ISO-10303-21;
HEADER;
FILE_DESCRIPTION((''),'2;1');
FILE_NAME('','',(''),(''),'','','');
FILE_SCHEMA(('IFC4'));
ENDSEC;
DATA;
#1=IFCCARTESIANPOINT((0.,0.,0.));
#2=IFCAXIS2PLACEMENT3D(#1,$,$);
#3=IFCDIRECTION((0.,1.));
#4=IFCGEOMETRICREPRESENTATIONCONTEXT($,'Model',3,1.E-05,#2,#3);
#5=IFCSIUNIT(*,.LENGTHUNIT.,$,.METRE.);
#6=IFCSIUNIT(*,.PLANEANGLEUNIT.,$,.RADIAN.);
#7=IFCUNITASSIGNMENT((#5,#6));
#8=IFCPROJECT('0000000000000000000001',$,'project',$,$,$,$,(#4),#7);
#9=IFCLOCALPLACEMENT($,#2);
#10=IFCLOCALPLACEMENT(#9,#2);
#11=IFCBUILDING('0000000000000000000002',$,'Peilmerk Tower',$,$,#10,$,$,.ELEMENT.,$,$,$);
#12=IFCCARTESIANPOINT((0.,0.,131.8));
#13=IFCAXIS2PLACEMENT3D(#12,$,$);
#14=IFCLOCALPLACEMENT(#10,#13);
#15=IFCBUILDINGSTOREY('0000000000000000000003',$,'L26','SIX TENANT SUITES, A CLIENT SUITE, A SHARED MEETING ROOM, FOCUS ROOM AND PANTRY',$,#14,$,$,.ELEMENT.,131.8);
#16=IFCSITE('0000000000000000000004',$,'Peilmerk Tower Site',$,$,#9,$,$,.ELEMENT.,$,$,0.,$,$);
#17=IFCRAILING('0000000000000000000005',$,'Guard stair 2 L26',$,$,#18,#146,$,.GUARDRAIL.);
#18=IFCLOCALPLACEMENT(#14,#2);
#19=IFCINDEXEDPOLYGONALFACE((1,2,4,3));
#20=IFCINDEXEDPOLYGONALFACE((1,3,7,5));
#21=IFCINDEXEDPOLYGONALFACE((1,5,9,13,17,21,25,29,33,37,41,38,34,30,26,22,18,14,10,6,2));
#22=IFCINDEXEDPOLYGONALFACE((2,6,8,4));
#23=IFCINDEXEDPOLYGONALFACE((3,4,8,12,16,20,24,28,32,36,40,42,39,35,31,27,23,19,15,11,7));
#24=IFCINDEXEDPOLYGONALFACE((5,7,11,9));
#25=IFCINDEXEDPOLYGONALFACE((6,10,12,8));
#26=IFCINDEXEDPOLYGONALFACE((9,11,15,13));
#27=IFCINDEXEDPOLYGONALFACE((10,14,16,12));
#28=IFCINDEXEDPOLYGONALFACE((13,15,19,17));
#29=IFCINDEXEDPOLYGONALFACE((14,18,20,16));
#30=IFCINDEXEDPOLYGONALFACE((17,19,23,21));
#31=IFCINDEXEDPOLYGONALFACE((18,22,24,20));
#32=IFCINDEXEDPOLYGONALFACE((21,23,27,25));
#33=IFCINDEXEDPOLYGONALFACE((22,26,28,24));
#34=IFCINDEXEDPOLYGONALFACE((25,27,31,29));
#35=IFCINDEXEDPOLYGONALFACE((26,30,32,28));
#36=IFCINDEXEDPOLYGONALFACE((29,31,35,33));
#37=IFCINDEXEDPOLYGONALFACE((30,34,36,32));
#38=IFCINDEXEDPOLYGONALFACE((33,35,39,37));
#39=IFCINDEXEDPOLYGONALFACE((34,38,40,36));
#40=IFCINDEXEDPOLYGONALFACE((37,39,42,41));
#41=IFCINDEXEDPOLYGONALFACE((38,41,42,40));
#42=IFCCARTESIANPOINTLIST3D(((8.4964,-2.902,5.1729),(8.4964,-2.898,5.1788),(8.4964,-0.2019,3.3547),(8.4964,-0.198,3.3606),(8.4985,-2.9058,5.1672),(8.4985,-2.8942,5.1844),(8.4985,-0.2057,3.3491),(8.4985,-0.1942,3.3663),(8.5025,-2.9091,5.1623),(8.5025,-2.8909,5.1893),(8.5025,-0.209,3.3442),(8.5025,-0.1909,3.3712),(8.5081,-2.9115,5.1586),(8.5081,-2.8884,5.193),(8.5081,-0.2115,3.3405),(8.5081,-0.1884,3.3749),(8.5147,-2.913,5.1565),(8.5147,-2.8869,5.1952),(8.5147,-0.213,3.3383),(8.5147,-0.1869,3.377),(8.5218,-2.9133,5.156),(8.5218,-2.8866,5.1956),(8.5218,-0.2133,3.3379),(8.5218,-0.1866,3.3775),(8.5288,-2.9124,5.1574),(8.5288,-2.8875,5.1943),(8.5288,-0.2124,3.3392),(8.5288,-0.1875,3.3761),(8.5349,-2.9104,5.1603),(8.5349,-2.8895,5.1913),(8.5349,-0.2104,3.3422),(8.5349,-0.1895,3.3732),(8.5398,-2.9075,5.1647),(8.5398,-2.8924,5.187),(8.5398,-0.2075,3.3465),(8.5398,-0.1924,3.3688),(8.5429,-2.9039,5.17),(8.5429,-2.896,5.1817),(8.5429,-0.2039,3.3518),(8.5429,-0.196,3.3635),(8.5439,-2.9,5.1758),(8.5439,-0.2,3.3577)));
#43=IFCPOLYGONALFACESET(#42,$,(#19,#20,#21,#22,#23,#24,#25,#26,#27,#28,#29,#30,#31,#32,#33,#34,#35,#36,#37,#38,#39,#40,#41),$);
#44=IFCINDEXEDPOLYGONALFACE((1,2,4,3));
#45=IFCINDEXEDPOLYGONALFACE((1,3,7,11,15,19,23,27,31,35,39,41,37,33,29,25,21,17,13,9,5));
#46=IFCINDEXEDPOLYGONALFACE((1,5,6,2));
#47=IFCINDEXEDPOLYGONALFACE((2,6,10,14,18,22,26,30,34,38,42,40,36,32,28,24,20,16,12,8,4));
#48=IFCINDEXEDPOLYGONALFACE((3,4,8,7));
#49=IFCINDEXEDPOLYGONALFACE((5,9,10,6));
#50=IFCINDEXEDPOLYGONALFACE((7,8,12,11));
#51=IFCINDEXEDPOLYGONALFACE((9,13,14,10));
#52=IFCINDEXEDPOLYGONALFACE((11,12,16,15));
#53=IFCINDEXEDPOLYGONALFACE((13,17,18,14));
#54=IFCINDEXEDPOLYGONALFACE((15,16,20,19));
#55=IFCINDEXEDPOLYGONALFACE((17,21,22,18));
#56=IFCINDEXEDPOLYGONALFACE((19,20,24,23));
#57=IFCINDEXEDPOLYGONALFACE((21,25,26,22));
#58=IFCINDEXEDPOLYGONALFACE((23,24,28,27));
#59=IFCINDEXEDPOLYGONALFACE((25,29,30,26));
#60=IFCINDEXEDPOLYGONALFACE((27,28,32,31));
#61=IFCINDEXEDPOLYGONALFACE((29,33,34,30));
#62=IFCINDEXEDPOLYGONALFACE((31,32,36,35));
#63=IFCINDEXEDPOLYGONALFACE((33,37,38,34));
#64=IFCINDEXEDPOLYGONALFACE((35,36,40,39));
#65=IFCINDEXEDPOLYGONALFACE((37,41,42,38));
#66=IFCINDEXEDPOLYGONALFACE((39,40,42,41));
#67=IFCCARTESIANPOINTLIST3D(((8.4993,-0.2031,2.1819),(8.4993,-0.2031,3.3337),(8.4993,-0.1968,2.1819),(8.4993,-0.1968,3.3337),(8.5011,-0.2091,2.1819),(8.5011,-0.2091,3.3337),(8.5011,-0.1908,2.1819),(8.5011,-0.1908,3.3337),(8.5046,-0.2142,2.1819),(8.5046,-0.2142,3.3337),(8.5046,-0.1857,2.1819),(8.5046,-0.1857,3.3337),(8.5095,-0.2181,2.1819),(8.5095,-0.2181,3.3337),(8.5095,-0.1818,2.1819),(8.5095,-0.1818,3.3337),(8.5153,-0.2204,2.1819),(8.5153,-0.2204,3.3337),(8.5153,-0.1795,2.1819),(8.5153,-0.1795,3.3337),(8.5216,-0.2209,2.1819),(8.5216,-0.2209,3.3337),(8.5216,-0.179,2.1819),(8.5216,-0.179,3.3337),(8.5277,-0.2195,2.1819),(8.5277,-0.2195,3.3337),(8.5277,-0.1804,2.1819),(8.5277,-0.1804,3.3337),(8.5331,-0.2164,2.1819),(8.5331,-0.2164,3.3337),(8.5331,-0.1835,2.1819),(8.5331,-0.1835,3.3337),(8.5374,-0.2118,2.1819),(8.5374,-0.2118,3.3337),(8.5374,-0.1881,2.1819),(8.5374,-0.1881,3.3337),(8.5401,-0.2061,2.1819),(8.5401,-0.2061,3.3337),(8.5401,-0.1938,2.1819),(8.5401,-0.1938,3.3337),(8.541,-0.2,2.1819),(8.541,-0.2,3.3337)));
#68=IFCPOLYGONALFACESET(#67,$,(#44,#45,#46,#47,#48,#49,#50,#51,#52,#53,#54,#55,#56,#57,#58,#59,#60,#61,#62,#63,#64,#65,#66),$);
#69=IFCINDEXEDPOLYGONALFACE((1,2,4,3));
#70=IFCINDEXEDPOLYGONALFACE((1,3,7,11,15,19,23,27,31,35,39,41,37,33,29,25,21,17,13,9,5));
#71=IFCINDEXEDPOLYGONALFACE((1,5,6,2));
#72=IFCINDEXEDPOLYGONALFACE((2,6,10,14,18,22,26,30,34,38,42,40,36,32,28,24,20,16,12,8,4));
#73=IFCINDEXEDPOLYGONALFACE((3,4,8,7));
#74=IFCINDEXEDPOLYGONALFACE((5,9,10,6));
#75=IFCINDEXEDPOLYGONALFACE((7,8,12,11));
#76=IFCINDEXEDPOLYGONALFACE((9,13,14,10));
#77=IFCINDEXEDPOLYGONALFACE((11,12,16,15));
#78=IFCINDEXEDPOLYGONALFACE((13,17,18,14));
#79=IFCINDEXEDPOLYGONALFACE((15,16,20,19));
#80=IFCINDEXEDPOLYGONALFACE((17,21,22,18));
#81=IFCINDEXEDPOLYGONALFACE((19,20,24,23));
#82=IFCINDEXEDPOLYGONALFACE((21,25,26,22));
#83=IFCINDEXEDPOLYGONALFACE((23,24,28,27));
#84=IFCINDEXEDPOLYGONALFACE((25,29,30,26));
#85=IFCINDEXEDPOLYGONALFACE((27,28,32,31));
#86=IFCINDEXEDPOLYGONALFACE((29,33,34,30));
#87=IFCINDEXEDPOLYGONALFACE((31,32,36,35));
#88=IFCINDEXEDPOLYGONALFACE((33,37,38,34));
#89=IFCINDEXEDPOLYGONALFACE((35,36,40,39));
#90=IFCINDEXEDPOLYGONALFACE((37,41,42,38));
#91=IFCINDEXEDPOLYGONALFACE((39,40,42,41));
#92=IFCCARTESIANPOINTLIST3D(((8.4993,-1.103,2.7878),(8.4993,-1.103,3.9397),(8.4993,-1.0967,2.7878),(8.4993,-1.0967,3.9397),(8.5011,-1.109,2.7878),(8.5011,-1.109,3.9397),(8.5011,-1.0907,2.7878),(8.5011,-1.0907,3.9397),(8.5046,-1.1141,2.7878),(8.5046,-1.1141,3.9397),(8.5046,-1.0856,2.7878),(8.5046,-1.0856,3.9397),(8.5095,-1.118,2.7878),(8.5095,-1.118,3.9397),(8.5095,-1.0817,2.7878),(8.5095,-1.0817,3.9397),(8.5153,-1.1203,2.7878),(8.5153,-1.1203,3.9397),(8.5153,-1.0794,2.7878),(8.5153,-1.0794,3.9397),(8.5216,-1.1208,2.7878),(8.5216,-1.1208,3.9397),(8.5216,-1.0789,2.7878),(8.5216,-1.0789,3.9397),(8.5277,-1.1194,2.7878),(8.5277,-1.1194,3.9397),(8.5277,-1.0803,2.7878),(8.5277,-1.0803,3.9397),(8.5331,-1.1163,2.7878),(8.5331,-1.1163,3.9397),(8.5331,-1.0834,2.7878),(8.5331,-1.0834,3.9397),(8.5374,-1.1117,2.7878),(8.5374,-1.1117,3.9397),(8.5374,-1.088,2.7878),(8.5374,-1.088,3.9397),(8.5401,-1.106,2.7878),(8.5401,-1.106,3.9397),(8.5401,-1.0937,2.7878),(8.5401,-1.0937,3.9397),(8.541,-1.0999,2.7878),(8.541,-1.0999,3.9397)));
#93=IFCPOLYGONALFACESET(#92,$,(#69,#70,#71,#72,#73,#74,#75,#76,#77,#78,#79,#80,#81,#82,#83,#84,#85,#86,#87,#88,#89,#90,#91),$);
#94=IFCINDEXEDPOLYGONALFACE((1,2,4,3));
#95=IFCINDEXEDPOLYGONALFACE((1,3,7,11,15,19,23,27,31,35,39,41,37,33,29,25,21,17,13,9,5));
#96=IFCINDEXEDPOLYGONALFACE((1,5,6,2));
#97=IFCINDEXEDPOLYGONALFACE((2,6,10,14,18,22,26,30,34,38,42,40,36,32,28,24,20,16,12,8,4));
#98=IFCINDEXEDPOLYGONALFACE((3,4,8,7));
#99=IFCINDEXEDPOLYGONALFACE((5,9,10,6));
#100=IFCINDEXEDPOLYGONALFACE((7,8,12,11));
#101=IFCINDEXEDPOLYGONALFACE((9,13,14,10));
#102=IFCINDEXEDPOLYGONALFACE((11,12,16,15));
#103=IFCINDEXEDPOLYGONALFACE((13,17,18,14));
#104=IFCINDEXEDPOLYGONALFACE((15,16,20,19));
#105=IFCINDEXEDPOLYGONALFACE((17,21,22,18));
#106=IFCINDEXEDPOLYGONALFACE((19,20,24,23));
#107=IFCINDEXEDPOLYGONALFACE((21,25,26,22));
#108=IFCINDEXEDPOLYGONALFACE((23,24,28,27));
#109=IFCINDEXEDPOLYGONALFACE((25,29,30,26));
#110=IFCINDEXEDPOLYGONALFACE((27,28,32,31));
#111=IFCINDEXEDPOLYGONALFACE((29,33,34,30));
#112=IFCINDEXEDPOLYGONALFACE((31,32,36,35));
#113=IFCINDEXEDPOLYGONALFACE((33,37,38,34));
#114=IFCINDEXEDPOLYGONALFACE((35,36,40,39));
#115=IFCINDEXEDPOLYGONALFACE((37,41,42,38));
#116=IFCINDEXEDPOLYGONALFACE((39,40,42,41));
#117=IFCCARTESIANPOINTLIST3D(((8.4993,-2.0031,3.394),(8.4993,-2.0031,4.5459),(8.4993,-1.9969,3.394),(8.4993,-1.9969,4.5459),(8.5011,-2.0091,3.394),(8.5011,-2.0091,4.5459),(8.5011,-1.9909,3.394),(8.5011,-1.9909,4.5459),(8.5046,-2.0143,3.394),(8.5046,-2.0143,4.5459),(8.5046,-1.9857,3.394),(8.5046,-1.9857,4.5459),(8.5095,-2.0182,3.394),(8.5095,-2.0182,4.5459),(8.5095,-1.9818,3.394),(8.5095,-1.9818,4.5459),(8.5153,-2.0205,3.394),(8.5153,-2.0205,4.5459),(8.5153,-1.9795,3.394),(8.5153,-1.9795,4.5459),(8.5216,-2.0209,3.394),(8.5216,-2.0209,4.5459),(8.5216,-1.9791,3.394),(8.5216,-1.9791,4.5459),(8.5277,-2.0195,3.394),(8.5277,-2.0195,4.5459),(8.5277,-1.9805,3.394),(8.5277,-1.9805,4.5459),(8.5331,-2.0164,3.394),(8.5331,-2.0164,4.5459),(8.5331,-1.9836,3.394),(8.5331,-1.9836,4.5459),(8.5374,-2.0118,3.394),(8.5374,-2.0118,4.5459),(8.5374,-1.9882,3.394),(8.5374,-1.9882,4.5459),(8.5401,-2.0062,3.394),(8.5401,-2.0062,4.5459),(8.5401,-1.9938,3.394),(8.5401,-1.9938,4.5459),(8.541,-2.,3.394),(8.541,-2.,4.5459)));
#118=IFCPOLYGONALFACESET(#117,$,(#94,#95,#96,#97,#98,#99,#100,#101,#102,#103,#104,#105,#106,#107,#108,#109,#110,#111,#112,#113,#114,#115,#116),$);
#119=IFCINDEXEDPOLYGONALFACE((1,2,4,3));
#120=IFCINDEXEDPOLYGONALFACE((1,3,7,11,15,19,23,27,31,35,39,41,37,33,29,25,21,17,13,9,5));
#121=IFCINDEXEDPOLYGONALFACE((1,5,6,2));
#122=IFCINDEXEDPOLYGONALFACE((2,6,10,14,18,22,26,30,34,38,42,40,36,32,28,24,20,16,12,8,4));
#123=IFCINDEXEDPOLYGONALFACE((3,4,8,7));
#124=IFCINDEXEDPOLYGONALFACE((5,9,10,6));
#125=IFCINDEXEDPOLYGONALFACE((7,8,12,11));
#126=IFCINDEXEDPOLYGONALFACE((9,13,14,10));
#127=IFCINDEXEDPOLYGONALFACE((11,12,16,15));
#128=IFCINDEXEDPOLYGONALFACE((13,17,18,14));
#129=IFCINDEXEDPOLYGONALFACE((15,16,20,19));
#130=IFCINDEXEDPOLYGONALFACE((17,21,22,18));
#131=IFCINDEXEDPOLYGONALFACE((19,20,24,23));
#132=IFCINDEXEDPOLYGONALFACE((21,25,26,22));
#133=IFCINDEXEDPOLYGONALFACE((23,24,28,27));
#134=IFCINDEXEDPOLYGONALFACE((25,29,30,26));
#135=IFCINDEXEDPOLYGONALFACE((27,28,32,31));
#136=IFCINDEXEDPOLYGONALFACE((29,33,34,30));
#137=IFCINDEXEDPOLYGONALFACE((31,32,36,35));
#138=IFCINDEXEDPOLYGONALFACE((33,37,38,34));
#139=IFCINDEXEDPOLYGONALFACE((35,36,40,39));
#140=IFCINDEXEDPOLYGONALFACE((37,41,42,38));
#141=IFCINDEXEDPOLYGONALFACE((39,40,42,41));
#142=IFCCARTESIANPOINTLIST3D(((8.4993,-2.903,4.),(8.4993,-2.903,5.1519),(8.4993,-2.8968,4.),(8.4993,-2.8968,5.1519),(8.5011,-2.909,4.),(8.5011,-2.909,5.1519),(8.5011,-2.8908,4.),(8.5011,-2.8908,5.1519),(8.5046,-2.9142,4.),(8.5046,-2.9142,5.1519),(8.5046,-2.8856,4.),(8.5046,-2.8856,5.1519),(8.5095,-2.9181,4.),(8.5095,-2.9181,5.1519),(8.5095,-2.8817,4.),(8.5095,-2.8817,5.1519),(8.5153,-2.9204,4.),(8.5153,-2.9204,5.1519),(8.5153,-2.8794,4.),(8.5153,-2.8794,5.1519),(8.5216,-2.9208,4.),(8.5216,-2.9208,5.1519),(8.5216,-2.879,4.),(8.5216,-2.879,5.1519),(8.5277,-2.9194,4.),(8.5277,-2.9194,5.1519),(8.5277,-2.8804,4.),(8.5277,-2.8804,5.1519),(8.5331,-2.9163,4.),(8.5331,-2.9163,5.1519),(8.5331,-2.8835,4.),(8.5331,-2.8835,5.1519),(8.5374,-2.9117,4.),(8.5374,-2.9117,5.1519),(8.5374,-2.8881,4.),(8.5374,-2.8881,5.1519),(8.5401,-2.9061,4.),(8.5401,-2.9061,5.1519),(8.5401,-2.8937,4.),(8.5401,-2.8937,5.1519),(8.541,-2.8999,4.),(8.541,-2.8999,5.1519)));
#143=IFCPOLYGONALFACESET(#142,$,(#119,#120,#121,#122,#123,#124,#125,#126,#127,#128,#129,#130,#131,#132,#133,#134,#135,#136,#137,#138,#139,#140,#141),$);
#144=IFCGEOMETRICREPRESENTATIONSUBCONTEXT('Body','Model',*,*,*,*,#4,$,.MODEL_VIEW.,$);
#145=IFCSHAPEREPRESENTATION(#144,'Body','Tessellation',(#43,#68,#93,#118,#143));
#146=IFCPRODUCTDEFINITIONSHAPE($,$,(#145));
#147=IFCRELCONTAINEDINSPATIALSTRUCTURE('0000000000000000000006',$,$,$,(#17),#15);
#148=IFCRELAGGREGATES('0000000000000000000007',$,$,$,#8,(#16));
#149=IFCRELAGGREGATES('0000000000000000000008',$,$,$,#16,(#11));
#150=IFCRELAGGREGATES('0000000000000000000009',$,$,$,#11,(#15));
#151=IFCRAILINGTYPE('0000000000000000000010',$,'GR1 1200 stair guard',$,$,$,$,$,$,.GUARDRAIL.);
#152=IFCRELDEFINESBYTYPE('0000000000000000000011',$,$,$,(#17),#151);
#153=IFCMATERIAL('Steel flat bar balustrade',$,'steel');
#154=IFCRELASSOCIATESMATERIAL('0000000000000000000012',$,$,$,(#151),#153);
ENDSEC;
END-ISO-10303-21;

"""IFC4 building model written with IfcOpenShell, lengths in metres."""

from ifc_helpers import new_model, si_unit, direction, frame, origin, origin_2d, place, context, subcontext, project, spatial, circle, extrude, material, type_object, element, save


model = new_model("IFC4")

# Units and contexts
model_context = context("Model", 3, precision=1e-05, world=origin(), true_north=direction((0.0, 1.0)))
body_context = subcontext(model_context, "Body", "Model", "MODEL_VIEW")
ifc_project = project(units=[si_unit("LENGTHUNIT", "METRE"), si_unit("PLANEANGLEUNIT", "RADIAN")], contexts=[model_context])

# Site, building, storey
site_placement = place(None, origin())
site = spatial("IfcSite", under=ifc_project, at=site_placement, Name="Peilmerk Tower Site", CompositionType="ELEMENT", RefElevation=0.0)
building_placement = place(site_placement, origin())
building = spatial("IfcBuilding", under=site, at=building_placement, Name="Peilmerk Tower", CompositionType="ELEMENT")
storey_placement = place(building_placement, frame((0.0, 0.0, 131.8)))
storey = spatial("IfcBuildingStorey", under=building, at=storey_placement, Name="L26", Description="SIX TENANT SUITES, A CLIENT SUITE, A SHARED MEETING ROOM, FOCUS ROOM AND PANTRY", CompositionType="ELEMENT", Elevation=131.8)

# Railing
ifc_material_1 = material(Name="Steel flat bar balustrade", Category="steel")
railing_type_1 = type_object("IfcRailingType", Name="GR1 1200 stair guard", PredefinedType="GUARDRAIL", material=ifc_material_1)
railing_1_placement = place(storey_placement, frame((8.52, -0.2, 2.1819)))
element("IfcRailing", 1, at=railing_1_placement, inside=storey, type_object=railing_type_1, Name="Guard stair 2 L26", PredefinedType="GUARDRAIL", context=body_context, shape_type="SweptSolid", body=[
    extrude(circle(Radius=0.0239, at=origin_2d()), frame((0.0, 0.0, 1.1758), z_axis=(0.0, -0.829468, 0.558554), x_axis=(1.0, 0.0, 0.0)), (0.0, 0.0, 1.0), 3.2551),
    extrude(circle(Radius=0.021, at=origin_2d()), origin(), (0.0, 0.0, 1.0), 1.1519),
    extrude(circle(Radius=0.021, at=origin_2d()), frame((0.0, -0.8999, 0.606)), (0.0, 0.0, 1.0), 1.1519),
    extrude(circle(Radius=0.021, at=origin_2d()), frame((0.0, -1.8, 1.2122)), (0.0, 0.0, 1.0), 1.1519),
    extrude(circle(Radius=0.021, at=origin_2d()), frame((0.0, -2.7, 1.8181)), (0.0, 0.0, 1.0), 1.1519),
])

save(model, "model.ifc")
